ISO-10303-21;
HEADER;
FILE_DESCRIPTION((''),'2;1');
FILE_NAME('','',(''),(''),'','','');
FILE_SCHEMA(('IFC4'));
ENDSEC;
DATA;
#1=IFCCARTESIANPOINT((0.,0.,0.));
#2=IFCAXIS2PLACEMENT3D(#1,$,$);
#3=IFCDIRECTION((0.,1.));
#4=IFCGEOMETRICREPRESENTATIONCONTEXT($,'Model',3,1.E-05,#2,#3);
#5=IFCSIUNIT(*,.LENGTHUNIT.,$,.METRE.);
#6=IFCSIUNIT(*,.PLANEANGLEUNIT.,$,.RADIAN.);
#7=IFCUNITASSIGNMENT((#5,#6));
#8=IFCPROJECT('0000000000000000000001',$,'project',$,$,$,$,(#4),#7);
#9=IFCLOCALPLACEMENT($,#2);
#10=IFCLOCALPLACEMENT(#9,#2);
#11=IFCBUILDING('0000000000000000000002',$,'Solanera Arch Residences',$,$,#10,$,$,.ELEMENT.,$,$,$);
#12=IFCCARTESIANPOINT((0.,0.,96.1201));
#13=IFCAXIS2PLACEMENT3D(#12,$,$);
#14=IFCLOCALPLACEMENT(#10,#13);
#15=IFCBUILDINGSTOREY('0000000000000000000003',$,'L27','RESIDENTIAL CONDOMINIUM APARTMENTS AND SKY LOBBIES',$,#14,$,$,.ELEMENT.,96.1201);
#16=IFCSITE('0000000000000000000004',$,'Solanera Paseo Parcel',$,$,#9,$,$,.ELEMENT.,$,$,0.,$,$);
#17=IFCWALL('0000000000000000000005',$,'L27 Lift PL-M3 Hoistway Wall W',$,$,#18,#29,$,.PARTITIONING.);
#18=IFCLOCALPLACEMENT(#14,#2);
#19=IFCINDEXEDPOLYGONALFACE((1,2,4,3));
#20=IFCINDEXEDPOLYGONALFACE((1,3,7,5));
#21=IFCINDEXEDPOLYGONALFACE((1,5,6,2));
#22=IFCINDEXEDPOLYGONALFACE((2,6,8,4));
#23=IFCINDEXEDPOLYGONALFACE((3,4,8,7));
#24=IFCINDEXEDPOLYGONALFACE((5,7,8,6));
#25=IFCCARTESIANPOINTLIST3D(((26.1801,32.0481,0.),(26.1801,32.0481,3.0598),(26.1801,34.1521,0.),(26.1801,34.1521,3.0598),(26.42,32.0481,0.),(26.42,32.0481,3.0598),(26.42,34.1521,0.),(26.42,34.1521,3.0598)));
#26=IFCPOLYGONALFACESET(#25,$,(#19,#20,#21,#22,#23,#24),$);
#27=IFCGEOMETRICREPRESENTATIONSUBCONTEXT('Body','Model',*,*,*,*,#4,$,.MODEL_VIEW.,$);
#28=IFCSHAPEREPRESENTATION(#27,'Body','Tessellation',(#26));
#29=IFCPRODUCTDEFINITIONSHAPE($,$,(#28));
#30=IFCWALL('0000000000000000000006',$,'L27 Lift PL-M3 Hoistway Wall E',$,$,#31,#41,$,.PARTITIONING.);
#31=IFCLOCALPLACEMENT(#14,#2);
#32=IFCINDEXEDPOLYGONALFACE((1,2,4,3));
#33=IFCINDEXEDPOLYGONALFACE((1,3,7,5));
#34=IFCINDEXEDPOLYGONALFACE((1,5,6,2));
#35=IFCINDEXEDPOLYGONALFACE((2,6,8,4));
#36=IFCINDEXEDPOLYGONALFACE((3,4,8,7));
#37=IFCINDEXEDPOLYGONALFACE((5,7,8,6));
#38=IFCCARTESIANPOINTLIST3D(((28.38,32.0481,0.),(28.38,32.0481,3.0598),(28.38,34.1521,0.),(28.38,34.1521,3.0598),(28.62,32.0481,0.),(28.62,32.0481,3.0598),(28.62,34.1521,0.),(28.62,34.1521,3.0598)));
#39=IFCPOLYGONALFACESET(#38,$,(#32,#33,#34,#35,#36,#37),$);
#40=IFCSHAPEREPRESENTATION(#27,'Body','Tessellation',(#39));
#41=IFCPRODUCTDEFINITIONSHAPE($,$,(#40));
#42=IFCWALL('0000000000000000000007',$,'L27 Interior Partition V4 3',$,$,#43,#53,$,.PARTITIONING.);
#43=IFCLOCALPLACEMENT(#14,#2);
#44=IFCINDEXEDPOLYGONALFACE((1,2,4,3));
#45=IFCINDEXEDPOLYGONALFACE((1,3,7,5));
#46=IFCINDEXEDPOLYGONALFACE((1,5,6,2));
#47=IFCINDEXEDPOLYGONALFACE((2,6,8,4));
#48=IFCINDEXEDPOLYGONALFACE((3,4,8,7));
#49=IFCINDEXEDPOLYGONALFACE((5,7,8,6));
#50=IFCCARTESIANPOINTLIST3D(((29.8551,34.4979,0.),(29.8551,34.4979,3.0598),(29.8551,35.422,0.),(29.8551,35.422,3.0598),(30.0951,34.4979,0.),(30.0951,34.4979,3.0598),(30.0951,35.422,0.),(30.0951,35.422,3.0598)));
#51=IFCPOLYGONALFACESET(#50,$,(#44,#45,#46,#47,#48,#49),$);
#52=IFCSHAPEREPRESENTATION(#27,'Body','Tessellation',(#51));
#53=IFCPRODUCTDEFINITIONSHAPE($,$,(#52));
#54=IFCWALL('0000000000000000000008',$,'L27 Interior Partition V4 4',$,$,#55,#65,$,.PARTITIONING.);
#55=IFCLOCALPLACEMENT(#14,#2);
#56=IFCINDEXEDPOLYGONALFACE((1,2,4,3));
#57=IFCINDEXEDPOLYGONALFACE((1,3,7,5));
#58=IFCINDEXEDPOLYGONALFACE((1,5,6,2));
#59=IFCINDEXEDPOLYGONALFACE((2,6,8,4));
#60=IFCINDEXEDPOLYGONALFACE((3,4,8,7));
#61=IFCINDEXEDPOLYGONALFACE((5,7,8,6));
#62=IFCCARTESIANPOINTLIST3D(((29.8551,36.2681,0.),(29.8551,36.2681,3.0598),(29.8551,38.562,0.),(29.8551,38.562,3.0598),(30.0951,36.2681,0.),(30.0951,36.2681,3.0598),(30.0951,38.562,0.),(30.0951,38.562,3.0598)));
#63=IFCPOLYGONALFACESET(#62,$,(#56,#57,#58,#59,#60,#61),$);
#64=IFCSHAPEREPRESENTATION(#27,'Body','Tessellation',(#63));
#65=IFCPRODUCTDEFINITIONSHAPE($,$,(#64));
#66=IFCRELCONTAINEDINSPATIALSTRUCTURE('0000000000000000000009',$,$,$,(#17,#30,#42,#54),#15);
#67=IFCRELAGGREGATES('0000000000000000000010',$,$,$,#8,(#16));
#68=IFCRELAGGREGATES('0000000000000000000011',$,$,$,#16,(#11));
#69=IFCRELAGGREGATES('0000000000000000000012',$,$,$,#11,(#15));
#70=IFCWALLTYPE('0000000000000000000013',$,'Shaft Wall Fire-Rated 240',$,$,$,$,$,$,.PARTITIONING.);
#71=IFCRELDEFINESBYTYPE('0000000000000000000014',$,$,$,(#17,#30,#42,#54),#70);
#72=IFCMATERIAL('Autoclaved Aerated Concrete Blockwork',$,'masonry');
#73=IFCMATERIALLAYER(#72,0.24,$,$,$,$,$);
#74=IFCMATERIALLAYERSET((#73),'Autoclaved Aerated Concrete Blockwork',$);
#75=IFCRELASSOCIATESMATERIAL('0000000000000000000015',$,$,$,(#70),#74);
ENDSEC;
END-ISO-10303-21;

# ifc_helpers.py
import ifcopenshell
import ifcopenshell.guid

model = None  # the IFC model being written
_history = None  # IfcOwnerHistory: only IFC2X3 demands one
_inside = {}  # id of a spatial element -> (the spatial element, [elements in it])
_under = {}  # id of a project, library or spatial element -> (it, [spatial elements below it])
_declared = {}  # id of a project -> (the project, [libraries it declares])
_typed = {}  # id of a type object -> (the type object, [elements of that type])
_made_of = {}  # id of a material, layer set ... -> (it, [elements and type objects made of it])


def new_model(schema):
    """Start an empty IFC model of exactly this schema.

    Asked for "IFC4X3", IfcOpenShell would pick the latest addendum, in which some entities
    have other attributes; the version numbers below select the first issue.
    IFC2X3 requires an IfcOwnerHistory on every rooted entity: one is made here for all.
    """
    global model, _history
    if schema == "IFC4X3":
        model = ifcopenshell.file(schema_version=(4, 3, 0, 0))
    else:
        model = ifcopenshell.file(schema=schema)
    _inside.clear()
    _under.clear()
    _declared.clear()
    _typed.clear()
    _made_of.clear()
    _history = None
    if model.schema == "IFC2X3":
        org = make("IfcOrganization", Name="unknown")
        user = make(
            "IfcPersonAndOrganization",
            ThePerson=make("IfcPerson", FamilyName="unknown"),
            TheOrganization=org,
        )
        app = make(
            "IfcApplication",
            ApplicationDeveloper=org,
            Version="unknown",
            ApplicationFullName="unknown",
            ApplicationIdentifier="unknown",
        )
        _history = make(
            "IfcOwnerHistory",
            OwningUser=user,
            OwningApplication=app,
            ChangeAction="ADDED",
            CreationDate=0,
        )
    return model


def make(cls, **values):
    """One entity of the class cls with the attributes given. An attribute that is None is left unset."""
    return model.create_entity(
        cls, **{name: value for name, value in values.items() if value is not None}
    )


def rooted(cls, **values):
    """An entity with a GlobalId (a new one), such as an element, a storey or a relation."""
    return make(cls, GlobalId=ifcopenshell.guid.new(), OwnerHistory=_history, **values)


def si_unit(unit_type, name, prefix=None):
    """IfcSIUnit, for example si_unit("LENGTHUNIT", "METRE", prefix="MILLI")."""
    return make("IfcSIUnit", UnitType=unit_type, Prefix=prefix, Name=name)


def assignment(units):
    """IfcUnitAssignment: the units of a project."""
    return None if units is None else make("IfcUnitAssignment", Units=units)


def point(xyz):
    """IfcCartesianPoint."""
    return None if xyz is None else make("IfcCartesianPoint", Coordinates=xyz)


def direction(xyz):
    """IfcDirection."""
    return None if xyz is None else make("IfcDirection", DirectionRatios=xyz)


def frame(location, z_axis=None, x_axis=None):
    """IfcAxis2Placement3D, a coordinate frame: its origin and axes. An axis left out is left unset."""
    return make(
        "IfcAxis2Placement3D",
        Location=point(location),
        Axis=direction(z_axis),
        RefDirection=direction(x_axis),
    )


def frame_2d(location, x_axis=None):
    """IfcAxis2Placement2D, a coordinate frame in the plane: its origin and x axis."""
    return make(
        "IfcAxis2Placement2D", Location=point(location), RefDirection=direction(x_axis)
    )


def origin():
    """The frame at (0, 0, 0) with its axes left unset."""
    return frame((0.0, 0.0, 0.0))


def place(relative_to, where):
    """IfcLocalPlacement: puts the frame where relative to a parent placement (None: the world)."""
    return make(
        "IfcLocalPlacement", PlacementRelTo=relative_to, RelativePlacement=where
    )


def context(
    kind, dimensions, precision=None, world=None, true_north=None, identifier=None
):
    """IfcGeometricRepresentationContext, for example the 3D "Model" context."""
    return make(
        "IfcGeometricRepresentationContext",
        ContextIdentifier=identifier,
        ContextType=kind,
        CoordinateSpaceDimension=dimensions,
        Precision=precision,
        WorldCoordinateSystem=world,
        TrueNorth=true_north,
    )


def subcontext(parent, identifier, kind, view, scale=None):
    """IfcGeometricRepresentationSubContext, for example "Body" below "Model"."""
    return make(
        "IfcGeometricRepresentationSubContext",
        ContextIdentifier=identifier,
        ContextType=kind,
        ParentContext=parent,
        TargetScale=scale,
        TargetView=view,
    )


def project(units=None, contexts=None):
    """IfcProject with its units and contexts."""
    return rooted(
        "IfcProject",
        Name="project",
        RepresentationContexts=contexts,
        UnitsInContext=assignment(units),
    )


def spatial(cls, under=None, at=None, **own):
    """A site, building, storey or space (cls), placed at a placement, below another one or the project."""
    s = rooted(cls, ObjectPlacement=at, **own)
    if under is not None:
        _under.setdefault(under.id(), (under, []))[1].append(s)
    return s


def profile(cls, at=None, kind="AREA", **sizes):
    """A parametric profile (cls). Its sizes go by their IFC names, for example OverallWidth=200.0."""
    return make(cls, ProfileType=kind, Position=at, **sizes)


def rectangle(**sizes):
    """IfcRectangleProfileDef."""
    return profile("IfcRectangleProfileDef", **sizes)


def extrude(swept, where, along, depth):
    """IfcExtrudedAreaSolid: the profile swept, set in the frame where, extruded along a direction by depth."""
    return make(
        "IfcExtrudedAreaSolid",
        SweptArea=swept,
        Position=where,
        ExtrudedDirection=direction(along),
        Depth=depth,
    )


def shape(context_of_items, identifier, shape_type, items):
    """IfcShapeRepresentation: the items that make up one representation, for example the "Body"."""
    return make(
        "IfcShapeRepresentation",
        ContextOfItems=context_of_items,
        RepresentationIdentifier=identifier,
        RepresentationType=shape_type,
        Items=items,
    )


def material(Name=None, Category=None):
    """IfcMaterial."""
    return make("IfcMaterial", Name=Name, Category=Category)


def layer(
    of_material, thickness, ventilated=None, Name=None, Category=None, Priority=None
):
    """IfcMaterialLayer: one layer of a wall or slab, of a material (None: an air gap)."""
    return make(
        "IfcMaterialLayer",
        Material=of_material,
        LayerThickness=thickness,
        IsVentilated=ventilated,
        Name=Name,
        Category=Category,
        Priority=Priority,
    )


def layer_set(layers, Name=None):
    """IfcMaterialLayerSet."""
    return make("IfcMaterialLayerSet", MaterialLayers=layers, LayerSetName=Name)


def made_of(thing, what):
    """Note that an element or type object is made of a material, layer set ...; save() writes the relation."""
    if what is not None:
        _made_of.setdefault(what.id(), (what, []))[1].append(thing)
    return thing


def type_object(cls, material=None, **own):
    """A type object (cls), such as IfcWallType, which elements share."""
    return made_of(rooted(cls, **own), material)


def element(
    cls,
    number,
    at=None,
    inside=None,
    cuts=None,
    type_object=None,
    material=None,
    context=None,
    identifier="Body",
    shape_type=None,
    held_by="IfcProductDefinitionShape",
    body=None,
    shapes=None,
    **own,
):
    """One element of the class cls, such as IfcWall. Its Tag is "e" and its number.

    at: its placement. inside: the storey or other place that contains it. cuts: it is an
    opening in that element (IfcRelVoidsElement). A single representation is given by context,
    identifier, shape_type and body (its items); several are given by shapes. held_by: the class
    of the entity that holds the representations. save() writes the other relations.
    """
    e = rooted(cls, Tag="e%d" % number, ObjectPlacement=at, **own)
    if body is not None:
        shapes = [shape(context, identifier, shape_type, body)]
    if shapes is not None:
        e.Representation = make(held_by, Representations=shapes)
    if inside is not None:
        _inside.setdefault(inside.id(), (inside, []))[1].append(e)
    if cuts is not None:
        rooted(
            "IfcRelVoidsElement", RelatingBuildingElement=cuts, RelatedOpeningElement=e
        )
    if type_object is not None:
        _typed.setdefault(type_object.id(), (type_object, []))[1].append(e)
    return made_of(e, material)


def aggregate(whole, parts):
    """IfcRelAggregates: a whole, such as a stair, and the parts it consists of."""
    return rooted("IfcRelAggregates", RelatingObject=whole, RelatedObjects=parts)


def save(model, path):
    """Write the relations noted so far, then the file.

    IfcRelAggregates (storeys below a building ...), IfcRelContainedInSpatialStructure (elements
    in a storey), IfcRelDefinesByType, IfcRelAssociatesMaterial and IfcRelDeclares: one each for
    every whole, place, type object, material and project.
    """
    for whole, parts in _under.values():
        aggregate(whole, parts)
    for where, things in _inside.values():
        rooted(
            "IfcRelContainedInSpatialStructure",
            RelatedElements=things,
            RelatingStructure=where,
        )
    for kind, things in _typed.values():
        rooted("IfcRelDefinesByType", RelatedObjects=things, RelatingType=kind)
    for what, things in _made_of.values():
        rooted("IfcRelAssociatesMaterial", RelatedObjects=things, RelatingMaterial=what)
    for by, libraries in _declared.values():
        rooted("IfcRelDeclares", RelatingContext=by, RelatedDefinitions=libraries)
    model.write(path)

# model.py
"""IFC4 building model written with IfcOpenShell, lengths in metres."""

from ifc_helpers import new_model, si_unit, direction, frame, frame_2d, origin, place, context, subcontext, project, spatial, rectangle, extrude, material, layer, layer_set, type_object, element, save


model = new_model("IFC4")

# Units and contexts
model_context = context("Model", 3, precision=1e-05, world=origin(), true_north=direction((0.0, 1.0)))
body_context = subcontext(model_context, "Body", "Model", "MODEL_VIEW")
ifc_project = project(units=[si_unit("LENGTHUNIT", "METRE"), si_unit("PLANEANGLEUNIT", "RADIAN")], contexts=[model_context])

# Site, building, storey
site_placement = place(None, origin())
site = spatial("IfcSite", under=ifc_project, at=site_placement, Name="Solanera Paseo Parcel", CompositionType="ELEMENT", RefElevation=0.0)
building_placement = place(site_placement, origin())
building = spatial("IfcBuilding", under=site, at=building_placement, Name="Solanera Arch Residences", CompositionType="ELEMENT")
storey_placement = place(building_placement, frame((0.0, 0.0, 96.1201)))
storey = spatial("IfcBuildingStorey", under=building, at=storey_placement, Name="L27", Description="RESIDENTIAL CONDOMINIUM APARTMENTS AND SKY LOBBIES", CompositionType="ELEMENT", Elevation=96.1201)

# Walls
ifc_material_1 = material(Name="Autoclaved Aerated Concrete Blockwork", Category="masonry")
ifc_layer_1 = layer(ifc_material_1, 0.24)
ifc_layer_set_1 = layer_set([ifc_layer_1], Name="Autoclaved Aerated Concrete Blockwork")
wall_type_1 = type_object("IfcWallType", Name="Shaft Wall Fire-Rated 240", PredefinedType="PARTITIONING", material=ifc_layer_set_1)
for number, where, z_axis, x_axis, name in (
    (1, (26.3, 32.0481, 0.0), (0.0, 0.0, 1.0), (0.0, 1.0, 0.0), "L27 Lift PL-M3 Hoistway Wall W"),
    (2, (28.5, 32.0481, 0.0), (0.0, 0.0, 1.0), (0.0, 1.0, 0.0), "L27 Lift PL-M3 Hoistway Wall E"),
):
    element("IfcWall", number, at=place(storey_placement, frame(where, z_axis=z_axis, x_axis=x_axis)), inside=storey, type_object=wall_type_1, Name=name, PredefinedType="PARTITIONING", context=body_context, shape_type="SweptSolid", body=[
        extrude(rectangle(XDim=2.104, YDim=0.24, at=frame_2d((1.052, 0.0))), origin(), (0.0, 0.0, 1.0), 3.0598),
    ])

# Walls
wall_1_placement = place(storey_placement, frame((29.9751, 34.498, 0.0), z_axis=(0.0, 0.0, 1.0), x_axis=(0.0, 1.0, 0.0)))
element("IfcWall", 3, at=wall_1_placement, inside=storey, type_object=wall_type_1, Name="L27 Interior Partition V4 3", PredefinedType="PARTITIONING", context=body_context, shape_type="SweptSolid", body=[
    extrude(rectangle(XDim=0.9241, YDim=0.24, at=frame_2d((0.4619, 0.0))), origin(), (0.0, 0.0, 1.0), 3.0598),
])
wall_2_placement = place(storey_placement, frame((29.9751, 36.2681, 0.0), z_axis=(0.0, 0.0, 1.0), x_axis=(0.0, 1.0, 0.0)))
element("IfcWall", 4, at=wall_2_placement, inside=storey, type_object=wall_type_1, Name="L27 Interior Partition V4 4", PredefinedType="PARTITIONING", context=body_context, shape_type="SweptSolid", body=[
    extrude(rectangle(XDim=2.2939, YDim=0.24, at=frame_2d((1.147, 0.0))), origin(), (0.0, 0.0, 1.0), 3.0598),
])

save(model, "model.ifc")
